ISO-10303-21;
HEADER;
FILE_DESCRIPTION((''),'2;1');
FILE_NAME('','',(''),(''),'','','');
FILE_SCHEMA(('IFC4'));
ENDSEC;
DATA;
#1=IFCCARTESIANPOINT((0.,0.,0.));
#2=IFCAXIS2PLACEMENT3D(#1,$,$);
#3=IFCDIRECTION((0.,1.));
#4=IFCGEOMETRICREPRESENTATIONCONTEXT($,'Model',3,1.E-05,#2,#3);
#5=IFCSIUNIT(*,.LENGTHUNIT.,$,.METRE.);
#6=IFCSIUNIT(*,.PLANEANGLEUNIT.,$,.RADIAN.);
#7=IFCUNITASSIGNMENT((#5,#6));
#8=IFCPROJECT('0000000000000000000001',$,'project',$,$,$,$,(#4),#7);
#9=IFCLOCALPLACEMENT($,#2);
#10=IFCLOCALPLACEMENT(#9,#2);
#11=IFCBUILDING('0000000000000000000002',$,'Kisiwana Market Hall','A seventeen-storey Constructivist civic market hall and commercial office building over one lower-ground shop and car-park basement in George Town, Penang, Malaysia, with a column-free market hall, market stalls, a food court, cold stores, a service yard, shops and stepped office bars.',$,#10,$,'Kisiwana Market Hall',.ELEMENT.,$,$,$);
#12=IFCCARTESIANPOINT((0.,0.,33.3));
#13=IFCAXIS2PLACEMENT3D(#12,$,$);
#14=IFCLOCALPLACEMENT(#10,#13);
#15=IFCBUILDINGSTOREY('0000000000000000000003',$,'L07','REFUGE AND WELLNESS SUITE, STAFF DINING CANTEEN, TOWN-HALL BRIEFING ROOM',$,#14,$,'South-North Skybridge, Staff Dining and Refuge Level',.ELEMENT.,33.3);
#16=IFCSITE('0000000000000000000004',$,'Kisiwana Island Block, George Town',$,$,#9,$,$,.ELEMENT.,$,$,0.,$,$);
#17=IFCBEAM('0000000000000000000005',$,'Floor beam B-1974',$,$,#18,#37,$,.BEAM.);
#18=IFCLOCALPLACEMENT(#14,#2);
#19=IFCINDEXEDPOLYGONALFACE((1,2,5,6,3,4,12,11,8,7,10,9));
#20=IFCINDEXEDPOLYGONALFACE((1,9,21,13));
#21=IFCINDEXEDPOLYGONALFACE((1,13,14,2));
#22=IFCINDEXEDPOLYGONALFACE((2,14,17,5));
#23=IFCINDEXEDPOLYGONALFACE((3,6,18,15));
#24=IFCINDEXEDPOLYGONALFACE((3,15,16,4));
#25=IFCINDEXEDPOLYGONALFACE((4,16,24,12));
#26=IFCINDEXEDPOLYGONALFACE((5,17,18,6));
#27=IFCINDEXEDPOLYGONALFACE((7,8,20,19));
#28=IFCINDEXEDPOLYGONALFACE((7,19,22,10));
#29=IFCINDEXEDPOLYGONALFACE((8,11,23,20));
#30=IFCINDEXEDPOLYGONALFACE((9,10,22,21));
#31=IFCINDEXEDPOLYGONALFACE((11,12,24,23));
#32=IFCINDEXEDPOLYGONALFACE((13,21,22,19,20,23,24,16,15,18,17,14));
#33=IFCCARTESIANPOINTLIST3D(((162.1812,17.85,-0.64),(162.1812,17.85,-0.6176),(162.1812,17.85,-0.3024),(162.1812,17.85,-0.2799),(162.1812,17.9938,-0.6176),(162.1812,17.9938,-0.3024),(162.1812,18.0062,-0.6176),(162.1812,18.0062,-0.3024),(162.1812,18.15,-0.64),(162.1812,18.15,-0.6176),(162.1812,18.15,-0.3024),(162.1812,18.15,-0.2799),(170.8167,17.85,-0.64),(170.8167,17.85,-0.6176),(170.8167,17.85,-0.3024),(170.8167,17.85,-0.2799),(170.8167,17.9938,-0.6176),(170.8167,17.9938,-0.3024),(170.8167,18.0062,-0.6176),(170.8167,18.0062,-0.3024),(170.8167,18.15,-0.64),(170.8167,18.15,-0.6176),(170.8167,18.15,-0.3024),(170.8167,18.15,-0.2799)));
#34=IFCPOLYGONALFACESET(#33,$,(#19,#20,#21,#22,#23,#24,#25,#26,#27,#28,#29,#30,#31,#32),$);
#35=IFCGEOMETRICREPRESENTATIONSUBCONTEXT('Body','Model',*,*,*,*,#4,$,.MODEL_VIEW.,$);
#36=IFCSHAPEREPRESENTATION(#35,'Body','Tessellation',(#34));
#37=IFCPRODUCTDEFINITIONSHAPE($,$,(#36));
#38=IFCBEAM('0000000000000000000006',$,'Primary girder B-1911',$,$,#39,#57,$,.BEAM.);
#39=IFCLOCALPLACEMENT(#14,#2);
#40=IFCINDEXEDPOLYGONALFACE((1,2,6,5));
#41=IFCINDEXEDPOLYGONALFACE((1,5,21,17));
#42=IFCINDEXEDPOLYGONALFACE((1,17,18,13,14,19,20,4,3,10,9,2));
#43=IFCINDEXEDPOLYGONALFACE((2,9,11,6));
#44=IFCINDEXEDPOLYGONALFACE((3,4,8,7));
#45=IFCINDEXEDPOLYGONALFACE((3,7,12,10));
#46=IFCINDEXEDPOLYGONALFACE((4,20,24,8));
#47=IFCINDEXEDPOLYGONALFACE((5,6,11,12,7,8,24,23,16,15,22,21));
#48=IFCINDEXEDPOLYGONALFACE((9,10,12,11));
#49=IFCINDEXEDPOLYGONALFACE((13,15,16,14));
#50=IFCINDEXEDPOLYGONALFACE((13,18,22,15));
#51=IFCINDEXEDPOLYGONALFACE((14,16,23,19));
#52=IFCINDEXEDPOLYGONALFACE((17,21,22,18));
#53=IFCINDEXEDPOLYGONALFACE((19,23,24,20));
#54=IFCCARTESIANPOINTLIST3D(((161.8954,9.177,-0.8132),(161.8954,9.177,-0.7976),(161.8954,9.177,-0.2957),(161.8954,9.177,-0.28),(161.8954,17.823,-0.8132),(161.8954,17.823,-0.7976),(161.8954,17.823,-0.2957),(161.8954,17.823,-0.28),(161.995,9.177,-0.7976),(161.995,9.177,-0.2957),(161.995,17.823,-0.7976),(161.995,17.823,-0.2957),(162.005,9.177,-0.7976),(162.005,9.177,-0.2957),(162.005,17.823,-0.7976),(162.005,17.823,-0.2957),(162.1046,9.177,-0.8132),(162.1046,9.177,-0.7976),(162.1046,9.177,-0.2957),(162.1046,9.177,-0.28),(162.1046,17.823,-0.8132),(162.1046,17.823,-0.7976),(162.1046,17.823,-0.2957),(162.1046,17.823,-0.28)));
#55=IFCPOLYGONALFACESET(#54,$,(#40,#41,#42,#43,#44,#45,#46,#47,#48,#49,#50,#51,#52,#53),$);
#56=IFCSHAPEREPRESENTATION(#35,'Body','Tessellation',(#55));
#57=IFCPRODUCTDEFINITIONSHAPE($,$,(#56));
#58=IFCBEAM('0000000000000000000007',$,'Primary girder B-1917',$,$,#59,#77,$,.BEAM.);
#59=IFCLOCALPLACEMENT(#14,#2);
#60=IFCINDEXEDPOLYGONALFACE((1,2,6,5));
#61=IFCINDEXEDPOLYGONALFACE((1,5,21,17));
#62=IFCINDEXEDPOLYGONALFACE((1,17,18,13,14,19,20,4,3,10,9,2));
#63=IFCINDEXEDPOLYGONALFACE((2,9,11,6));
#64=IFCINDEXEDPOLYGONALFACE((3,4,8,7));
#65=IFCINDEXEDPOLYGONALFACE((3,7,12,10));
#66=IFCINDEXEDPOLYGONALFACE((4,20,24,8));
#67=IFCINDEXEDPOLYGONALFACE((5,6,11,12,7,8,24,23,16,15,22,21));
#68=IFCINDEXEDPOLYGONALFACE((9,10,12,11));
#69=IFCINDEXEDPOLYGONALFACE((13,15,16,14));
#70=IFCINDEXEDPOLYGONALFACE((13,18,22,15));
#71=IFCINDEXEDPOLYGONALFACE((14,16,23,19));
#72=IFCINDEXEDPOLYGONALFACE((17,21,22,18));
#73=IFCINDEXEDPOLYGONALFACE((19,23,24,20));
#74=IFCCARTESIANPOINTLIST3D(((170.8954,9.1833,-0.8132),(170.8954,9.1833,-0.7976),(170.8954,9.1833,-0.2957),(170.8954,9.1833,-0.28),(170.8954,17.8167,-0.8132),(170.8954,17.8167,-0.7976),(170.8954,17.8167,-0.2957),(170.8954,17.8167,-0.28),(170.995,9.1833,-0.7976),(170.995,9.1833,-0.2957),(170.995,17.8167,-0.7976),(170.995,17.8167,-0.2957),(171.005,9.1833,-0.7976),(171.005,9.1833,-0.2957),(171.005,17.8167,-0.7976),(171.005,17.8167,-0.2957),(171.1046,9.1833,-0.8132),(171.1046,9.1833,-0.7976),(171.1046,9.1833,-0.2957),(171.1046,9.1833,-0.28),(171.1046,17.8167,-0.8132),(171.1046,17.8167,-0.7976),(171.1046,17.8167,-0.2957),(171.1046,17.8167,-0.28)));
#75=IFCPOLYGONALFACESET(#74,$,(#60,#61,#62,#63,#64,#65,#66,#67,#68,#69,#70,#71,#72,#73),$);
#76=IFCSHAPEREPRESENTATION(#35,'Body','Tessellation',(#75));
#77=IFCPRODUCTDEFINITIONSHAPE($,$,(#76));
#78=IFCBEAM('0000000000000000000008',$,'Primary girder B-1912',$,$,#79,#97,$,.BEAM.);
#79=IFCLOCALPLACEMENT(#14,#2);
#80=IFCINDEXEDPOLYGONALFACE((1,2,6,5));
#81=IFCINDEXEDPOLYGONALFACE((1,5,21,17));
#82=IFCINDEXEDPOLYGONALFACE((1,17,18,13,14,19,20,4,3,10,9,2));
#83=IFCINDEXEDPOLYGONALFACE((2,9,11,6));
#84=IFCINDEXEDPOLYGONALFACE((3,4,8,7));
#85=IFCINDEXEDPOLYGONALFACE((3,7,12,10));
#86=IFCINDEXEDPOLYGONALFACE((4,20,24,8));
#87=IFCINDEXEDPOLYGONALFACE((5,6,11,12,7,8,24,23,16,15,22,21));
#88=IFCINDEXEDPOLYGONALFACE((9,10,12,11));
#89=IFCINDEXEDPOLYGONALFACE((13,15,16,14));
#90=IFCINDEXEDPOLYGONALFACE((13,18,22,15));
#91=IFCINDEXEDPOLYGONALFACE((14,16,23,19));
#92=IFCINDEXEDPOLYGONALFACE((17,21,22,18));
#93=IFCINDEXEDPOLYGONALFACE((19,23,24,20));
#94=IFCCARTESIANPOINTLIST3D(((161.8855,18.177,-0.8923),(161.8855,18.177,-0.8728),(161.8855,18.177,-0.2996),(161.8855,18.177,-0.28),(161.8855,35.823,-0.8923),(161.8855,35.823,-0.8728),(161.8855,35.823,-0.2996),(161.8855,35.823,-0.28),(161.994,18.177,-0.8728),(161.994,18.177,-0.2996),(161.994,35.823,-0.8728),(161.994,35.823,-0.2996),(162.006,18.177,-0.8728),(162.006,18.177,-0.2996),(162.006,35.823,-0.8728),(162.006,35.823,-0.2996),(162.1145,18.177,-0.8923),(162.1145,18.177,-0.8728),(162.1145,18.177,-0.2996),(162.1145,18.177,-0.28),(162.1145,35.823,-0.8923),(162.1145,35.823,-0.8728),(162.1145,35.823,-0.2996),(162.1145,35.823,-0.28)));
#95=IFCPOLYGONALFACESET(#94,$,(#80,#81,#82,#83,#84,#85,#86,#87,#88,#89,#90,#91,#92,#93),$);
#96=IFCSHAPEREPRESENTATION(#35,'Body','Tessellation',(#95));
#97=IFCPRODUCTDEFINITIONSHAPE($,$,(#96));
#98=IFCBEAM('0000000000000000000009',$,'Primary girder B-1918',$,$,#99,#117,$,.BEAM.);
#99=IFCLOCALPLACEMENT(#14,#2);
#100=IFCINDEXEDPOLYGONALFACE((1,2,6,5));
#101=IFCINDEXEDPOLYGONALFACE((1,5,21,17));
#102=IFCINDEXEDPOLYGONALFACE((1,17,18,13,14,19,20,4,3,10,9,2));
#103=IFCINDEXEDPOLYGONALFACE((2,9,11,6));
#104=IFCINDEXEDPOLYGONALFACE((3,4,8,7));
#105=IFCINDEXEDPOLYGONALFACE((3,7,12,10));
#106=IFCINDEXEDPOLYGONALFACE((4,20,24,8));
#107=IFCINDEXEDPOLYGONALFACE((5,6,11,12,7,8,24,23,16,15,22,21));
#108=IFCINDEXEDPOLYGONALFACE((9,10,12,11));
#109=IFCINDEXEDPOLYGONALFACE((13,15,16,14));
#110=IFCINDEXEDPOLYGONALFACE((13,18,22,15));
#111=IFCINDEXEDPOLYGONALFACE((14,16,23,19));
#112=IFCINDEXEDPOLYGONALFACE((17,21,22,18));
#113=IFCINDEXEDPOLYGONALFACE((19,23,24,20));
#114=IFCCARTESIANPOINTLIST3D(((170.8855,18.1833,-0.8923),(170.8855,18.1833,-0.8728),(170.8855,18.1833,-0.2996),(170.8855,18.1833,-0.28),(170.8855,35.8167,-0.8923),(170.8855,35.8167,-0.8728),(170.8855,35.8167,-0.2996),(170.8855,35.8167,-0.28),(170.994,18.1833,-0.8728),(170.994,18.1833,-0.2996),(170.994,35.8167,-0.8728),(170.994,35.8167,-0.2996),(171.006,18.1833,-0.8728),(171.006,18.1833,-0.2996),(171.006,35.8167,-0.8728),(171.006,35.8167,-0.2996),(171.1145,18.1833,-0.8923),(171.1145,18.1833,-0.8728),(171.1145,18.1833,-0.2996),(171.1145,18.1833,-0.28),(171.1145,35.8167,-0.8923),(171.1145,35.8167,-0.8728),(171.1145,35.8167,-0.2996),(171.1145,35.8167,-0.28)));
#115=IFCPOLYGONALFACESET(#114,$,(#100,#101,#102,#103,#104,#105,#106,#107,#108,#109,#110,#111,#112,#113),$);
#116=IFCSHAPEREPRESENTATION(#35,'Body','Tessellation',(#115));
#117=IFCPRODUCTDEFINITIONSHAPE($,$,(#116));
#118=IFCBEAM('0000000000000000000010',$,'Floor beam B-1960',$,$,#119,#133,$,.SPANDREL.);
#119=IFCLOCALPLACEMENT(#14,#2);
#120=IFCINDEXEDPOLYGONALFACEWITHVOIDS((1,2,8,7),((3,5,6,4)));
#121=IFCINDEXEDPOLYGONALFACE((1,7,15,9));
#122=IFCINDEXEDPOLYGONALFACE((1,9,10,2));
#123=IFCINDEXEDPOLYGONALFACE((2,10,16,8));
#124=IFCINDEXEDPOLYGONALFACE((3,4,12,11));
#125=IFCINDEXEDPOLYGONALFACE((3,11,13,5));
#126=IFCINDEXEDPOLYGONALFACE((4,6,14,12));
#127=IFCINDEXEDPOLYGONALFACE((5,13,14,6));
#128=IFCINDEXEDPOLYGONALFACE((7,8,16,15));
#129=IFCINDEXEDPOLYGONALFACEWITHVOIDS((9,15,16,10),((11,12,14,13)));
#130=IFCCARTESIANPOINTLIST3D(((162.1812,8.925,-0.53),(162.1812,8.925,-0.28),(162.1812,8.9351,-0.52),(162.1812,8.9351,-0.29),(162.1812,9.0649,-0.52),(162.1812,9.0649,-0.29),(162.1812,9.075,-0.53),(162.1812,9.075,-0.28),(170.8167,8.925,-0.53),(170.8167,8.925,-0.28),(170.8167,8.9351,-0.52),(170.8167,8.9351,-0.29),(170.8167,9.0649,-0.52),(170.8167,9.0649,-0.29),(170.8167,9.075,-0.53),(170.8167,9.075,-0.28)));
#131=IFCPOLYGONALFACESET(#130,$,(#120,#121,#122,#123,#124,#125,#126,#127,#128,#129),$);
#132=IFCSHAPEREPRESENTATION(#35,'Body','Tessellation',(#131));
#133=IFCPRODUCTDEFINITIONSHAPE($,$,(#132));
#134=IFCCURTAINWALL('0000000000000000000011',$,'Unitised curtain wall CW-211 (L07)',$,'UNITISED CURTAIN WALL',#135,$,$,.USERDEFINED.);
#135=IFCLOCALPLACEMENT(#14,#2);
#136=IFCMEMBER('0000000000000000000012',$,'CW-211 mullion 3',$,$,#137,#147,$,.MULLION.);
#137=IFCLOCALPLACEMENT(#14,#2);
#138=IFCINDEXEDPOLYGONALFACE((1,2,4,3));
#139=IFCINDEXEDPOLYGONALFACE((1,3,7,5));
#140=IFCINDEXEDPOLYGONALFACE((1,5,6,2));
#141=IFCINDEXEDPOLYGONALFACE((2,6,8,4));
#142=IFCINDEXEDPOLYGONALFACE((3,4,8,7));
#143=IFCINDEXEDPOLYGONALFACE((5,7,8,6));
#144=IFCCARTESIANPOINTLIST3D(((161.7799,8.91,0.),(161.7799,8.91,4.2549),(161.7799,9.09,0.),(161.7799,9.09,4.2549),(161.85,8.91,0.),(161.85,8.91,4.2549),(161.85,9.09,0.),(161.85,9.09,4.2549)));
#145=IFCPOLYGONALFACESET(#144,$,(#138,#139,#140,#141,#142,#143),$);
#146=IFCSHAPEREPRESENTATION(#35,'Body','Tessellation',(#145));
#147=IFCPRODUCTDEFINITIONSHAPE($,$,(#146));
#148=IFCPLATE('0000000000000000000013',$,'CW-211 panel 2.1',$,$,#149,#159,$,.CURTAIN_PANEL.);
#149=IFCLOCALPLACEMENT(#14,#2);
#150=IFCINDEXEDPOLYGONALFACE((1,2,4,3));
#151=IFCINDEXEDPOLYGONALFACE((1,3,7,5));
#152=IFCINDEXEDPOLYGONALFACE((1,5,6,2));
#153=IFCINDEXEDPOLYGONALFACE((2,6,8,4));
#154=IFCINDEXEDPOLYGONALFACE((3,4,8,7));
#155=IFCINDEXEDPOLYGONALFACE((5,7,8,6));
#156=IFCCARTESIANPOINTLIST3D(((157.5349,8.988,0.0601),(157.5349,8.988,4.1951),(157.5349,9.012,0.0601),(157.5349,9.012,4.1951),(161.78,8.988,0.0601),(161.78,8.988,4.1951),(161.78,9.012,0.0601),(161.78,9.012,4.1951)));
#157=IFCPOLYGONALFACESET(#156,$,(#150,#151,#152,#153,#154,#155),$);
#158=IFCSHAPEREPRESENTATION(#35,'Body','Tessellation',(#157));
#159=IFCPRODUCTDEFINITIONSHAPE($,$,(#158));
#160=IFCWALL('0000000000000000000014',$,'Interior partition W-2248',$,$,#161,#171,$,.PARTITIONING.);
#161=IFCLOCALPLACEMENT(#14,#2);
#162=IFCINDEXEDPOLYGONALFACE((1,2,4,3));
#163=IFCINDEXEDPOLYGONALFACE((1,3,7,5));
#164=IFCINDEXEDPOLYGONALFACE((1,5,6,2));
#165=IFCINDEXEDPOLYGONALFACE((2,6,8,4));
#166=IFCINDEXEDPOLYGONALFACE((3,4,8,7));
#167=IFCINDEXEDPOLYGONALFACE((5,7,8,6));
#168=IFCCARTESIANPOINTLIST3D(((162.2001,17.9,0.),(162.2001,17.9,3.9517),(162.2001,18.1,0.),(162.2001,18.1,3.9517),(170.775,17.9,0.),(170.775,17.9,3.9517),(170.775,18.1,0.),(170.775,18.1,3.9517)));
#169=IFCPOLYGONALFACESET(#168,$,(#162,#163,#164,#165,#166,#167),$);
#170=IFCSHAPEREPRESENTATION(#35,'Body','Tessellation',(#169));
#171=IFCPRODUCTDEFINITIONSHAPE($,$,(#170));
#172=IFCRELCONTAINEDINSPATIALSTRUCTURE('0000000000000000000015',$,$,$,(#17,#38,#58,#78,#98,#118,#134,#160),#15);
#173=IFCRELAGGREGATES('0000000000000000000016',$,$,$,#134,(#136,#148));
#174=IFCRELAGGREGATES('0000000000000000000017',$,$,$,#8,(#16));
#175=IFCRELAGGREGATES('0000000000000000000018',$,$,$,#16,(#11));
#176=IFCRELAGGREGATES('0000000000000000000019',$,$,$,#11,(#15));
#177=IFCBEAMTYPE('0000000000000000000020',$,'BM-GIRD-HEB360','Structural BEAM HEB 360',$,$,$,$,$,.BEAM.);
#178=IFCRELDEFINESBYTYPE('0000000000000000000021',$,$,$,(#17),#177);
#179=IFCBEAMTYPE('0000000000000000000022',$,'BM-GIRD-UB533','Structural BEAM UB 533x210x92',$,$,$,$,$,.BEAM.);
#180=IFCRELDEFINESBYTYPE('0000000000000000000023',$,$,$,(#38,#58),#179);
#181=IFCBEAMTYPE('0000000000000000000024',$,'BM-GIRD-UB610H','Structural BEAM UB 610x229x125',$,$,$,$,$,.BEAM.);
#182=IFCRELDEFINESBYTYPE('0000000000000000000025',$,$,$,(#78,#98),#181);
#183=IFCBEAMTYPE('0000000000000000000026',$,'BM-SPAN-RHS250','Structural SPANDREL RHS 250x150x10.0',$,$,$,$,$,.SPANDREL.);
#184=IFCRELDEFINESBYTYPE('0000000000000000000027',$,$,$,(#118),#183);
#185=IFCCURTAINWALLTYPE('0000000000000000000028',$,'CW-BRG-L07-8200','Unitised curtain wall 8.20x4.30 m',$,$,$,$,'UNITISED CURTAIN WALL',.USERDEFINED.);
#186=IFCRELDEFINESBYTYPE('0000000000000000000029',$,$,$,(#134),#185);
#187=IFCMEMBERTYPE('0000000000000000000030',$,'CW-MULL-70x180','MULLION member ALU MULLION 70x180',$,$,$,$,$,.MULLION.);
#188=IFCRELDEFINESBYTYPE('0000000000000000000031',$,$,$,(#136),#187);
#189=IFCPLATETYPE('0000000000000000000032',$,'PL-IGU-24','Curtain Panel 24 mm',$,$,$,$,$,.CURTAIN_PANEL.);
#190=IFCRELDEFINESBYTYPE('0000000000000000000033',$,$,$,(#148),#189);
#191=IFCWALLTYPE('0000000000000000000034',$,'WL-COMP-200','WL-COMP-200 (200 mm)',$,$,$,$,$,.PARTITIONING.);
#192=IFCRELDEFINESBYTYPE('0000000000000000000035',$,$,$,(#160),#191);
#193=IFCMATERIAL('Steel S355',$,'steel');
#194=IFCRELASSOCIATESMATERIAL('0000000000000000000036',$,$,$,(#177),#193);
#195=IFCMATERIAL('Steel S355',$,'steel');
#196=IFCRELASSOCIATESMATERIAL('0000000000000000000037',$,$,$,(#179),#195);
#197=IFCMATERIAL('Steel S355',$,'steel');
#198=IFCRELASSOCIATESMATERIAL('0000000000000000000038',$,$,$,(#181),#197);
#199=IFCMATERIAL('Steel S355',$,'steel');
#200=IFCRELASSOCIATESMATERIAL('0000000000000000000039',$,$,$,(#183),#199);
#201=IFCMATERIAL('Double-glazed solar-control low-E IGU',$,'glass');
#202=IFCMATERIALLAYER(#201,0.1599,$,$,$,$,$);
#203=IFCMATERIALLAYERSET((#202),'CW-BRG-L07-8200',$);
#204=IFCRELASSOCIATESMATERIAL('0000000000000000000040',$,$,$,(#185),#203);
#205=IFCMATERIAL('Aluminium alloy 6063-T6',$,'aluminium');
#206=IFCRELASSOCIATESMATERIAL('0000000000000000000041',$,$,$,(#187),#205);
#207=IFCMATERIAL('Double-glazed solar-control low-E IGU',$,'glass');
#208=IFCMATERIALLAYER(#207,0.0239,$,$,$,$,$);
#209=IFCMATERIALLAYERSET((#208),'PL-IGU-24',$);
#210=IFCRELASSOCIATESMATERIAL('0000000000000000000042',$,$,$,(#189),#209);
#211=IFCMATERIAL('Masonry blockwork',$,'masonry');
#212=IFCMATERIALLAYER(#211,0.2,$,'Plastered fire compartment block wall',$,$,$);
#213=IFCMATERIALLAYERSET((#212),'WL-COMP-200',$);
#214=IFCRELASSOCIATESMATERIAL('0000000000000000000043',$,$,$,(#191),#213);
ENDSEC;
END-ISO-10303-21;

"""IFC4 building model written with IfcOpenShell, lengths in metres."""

from ifc_helpers import new_model, si_unit, direction, frame, frame_2d, origin, origin_2d, place, context, subcontext, project, spatial, rectangle, hollow_rectangle, i_section, extrude, material, layer, layer_set, material_profile, profile_set, type_object, element, aggregate, save


model = new_model("IFC4")

# Units and contexts
model_context = context("Model", 3, precision=1e-05, world=origin(), true_north=direction((0.0, 1.0)))
body_context = subcontext(model_context, "Body", "Model", "MODEL_VIEW")
ifc_project = project(units=[si_unit("LENGTHUNIT", "METRE"), si_unit("PLANEANGLEUNIT", "RADIAN")], contexts=[model_context])

# Site, building, storey
site_placement = place(None, origin())
site = spatial("IfcSite", under=ifc_project, at=site_placement, Name="Kisiwana Island Block, George Town", CompositionType="ELEMENT", RefElevation=0.0)
building_placement = place(site_placement, origin())
building = spatial("IfcBuilding", under=site, at=building_placement, Name="Kisiwana Market Hall", Description="A seventeen-storey Constructivist civic market hall and commercial office building over one lower-ground shop and car-park basement in George Town, Penang, Malaysia, with a column-free market hall, market stalls, a food court, cold stores, a service yard, shops and stepped office bars.", LongName="Kisiwana Market Hall", CompositionType="ELEMENT")
storey_placement = place(building_placement, frame((0.0, 0.0, 33.3)))
storey = spatial("IfcBuildingStorey", under=building, at=storey_placement, Name="L07", Description="REFUGE AND WELLNESS SUITE, STAFF DINING CANTEEN, TOWN-HALL BRIEFING ROOM", LongName="South-North Skybridge, Staff Dining and Refuge Level", CompositionType="ELEMENT", Elevation=33.3)

# Beams
ifc_material_1 = material(Name="Steel S355", Category="steel")
ifc_material_profile_1 = material_profile(ifc_material_1, i_section(OverallWidth=0.3, OverallDepth=0.3601, WebThickness=0.0125, FlangeThickness=0.0225, at=origin_2d()), Name="HEB 360")
ifc_profile_set_1 = profile_set([ifc_material_profile_1], Name="Steel S355")
beam_type_1 = type_object("IfcBeamType", Name="BM-GIRD-HEB360", Description="Structural BEAM HEB 360", PredefinedType="BEAM", material=ifc_profile_set_1)
beam_1_placement = place(storey_placement, frame((162.1812, 18.0, -0.46), z_axis=(1.0, 0.0, 0.0), x_axis=(0.0, 1.0, 0.0)))
element("IfcBeam", 1, at=beam_1_placement, inside=storey, type_object=beam_type_1, Name="Floor beam B-1974", PredefinedType="BEAM", context=body_context, shape_type="SweptSolid", body=[
    extrude(i_section(OverallWidth=0.3, OverallDepth=0.3601, WebThickness=0.0125, FlangeThickness=0.0225, at=origin_2d()), origin(), (0.0, 0.0, 1.0), 8.6355),
])
ifc_material_2 = material(Name="Steel S355", Category="steel")
ifc_material_profile_2 = material_profile(ifc_material_2, i_section(OverallWidth=0.2092, OverallDepth=0.5332, WebThickness=0.01, FlangeThickness=0.0156, at=origin_2d()), Name="UB 533x210x92")
ifc_profile_set_2 = profile_set([ifc_material_profile_2], Name="Steel S355")
beam_type_2 = type_object("IfcBeamType", Name="BM-GIRD-UB533", Description="Structural BEAM UB 533x210x92", PredefinedType="BEAM", material=ifc_profile_set_2)
beam_2_placement = place(storey_placement, frame((162.0, 9.177, -0.5466), z_axis=(0.0, 1.0, 0.0), x_axis=(-1.0, 0.0, 0.0)))
element("IfcBeam", 2, at=beam_2_placement, inside=storey, type_object=beam_type_2, Name="Primary girder B-1911", PredefinedType="BEAM", context=body_context, shape_type="SweptSolid", body=[
    extrude(i_section(OverallWidth=0.2092, OverallDepth=0.5332, WebThickness=0.01, FlangeThickness=0.0156, at=origin_2d()), origin(), (0.0, 0.0, 1.0), 8.646),
])
beam_3_placement = place(storey_placement, frame((171.0, 9.1833, -0.5466), z_axis=(0.0, 1.0, 0.0), x_axis=(-1.0, 0.0, 0.0)))
element("IfcBeam", 3, at=beam_3_placement, inside=storey, type_object=beam_type_2, Name="Primary girder B-1917", PredefinedType="BEAM", context=body_context, shape_type="SweptSolid", body=[
    extrude(i_section(OverallWidth=0.2092, OverallDepth=0.5332, WebThickness=0.01, FlangeThickness=0.0156, at=origin_2d()), origin(), (0.0, 0.0, 1.0), 8.6333),
])
ifc_material_3 = material(Name="Steel S355", Category="steel")
ifc_material_profile_3 = material_profile(ifc_material_3, i_section(OverallWidth=0.229, OverallDepth=0.6123, WebThickness=0.012, FlangeThickness=0.0195, at=origin_2d()), Name="UB 610x229x125")
ifc_profile_set_3 = profile_set([ifc_material_profile_3], Name="Steel S355")
beam_type_3 = type_object("IfcBeamType", Name="BM-GIRD-UB610H", Description="Structural BEAM UB 610x229x125", PredefinedType="BEAM", material=ifc_profile_set_3)
beam_4_placement = place(storey_placement, frame((162.0, 18.177, -0.5862), z_axis=(0.0, 1.0, 0.0), x_axis=(-1.0, 0.0, 0.0)))
element("IfcBeam", 4, at=beam_4_placement, inside=storey, type_object=beam_type_3, Name="Primary girder B-1912", PredefinedType="BEAM", context=body_context, shape_type="SweptSolid", body=[
    extrude(i_section(OverallWidth=0.229, OverallDepth=0.6123, WebThickness=0.012, FlangeThickness=0.0195, at=origin_2d()), origin(), (0.0, 0.0, 1.0), 17.646),
])
beam_5_placement = place(storey_placement, frame((171.0, 18.1833, -0.5862), z_axis=(0.0, 1.0, 0.0), x_axis=(-1.0, 0.0, 0.0)))
element("IfcBeam", 5, at=beam_5_placement, inside=storey, type_object=beam_type_3, Name="Primary girder B-1918", PredefinedType="BEAM", context=body_context, shape_type="SweptSolid", body=[
    extrude(i_section(OverallWidth=0.229, OverallDepth=0.6123, WebThickness=0.012, FlangeThickness=0.0195, at=origin_2d()), origin(), (0.0, 0.0, 1.0), 17.6333),
])
ifc_material_4 = material(Name="Steel S355", Category="steel")
ifc_material_profile_4 = material_profile(ifc_material_4, hollow_rectangle(XDim=0.1499, YDim=0.25, WallThickness=0.01, at=origin_2d()), Name="RHS 250x150x10.0")
ifc_profile_set_4 = profile_set([ifc_material_profile_4], Name="Steel S355")
beam_type_4 = type_object("IfcBeamType", Name="BM-SPAN-RHS250", Description="Structural SPANDREL RHS 250x150x10.0", PredefinedType="SPANDREL", material=ifc_profile_set_4)
beam_6_placement = place(storey_placement, frame((162.1812, 9.0, -0.405), z_axis=(1.0, 0.0, 0.0), x_axis=(0.0, 1.0, 0.0)))
element("IfcBeam", 6, at=beam_6_placement, inside=storey, type_object=beam_type_4, Name="Floor beam B-1960", PredefinedType="SPANDREL", context=body_context, shape_type="SweptSolid", body=[
    extrude(hollow_rectangle(XDim=0.1499, YDim=0.25, WallThickness=0.01, at=origin_2d()), origin(), (0.0, 0.0, 1.0), 8.6355),
])

# Curtain wall, member, plate
ifc_material_5 = material(Name="Double-glazed solar-control low-E IGU", Category="glass")
ifc_layer_1 = layer(ifc_material_5, 0.1599)
ifc_layer_set_1 = layer_set([ifc_layer_1], Name="CW-BRG-L07-8200")
curtain_wall_type = type_object("IfcCurtainWallType", Name="CW-BRG-L07-8200", Description="Unitised curtain wall 8.20x4.30 m", ElementType="UNITISED CURTAIN WALL", PredefinedType="USERDEFINED", material=ifc_layer_set_1)
curtain_wall_placement = place(storey_placement, origin())
curtain_wall = element("IfcCurtainWall", 7, at=curtain_wall_placement, inside=storey, type_object=curtain_wall_type, Name="Unitised curtain wall CW-211 (L07)", ObjectType="UNITISED CURTAIN WALL", PredefinedType="USERDEFINED")
ifc_material_6 = material(Name="Aluminium alloy 6063-T6", Category="aluminium")
ifc_material_profile_5 = material_profile(ifc_material_6, rectangle(XDim=0.0701, YDim=0.1799, at=origin_2d()), Name="ALU MULLION 70x180")
ifc_profile_set_5 = profile_set([ifc_material_profile_5], Name="Aluminium alloy 6063-T6")
member_type = type_object("IfcMemberType", Name="CW-MULL-70x180", Description="MULLION member ALU MULLION 70x180", PredefinedType="MULLION", material=ifc_profile_set_5)
member_placement = place(storey_placement, frame((161.8149, 9.0, 0.0), z_axis=(0.0, 0.0, 1.0), x_axis=(1.0, 0.0, 0.0)))
member = element("IfcMember", 8, at=member_placement, type_object=member_type, Name="CW-211 mullion 3", PredefinedType="MULLION", context=body_context, shape_type="SweptSolid", body=[
    extrude(rectangle(XDim=0.0701, YDim=0.1799, at=origin_2d()), origin(), (0.0, 0.0, 1.0), 4.2549),
])
ifc_material_7 = material(Name="Double-glazed solar-control low-E IGU", Category="glass")
ifc_layer_2 = layer(ifc_material_7, 0.0239)
ifc_layer_set_2 = layer_set([ifc_layer_2], Name="PL-IGU-24")
plate_type = type_object("IfcPlateType", Name="PL-IGU-24", Description="Curtain Panel 24 mm", PredefinedType="CURTAIN_PANEL", material=ifc_layer_set_2)
plate_placement = place(storey_placement, frame((159.6575, 9.0, 0.0601), z_axis=(0.0, 0.0, 1.0), x_axis=(1.0, 0.0, 0.0)))
plate = element("IfcPlate", 9, at=plate_placement, type_object=plate_type, Name="CW-211 panel 2.1", PredefinedType="CURTAIN_PANEL", context=body_context, shape_type="SweptSolid", body=[
    extrude(rectangle(XDim=4.2451, YDim=0.0239, at=origin_2d()), origin(), (0.0, 0.0, 1.0), 4.135),
])
aggregate(curtain_wall, [member, plate])

# Wall
ifc_material_8 = material(Name="Masonry blockwork", Category="masonry")
ifc_layer_3 = layer(ifc_material_8, 0.2, Name="Plastered fire compartment block wall")
ifc_layer_set_3 = layer_set([ifc_layer_3], Name="WL-COMP-200")
wall_type_1 = type_object("IfcWallType", Name="WL-COMP-200", Description="WL-COMP-200 (200 mm)", PredefinedType="PARTITIONING", material=ifc_layer_set_3)
wall_1_placement = place(storey_placement, frame((162.2, 18.0, 0.0), z_axis=(0.0, 0.0, 1.0), x_axis=(1.0, 0.0, 0.0)))
element("IfcWall", 10, at=wall_1_placement, inside=storey, type_object=wall_type_1, Name="Interior partition W-2248", PredefinedType="PARTITIONING", context=body_context, shape_type="SweptSolid", body=[
    extrude(rectangle(XDim=8.575, YDim=0.2, at=frame_2d((4.2876, 0.0))), origin(), (0.0, 0.0, 1.0), 3.9517),
])

save(model, "model.ifc")
